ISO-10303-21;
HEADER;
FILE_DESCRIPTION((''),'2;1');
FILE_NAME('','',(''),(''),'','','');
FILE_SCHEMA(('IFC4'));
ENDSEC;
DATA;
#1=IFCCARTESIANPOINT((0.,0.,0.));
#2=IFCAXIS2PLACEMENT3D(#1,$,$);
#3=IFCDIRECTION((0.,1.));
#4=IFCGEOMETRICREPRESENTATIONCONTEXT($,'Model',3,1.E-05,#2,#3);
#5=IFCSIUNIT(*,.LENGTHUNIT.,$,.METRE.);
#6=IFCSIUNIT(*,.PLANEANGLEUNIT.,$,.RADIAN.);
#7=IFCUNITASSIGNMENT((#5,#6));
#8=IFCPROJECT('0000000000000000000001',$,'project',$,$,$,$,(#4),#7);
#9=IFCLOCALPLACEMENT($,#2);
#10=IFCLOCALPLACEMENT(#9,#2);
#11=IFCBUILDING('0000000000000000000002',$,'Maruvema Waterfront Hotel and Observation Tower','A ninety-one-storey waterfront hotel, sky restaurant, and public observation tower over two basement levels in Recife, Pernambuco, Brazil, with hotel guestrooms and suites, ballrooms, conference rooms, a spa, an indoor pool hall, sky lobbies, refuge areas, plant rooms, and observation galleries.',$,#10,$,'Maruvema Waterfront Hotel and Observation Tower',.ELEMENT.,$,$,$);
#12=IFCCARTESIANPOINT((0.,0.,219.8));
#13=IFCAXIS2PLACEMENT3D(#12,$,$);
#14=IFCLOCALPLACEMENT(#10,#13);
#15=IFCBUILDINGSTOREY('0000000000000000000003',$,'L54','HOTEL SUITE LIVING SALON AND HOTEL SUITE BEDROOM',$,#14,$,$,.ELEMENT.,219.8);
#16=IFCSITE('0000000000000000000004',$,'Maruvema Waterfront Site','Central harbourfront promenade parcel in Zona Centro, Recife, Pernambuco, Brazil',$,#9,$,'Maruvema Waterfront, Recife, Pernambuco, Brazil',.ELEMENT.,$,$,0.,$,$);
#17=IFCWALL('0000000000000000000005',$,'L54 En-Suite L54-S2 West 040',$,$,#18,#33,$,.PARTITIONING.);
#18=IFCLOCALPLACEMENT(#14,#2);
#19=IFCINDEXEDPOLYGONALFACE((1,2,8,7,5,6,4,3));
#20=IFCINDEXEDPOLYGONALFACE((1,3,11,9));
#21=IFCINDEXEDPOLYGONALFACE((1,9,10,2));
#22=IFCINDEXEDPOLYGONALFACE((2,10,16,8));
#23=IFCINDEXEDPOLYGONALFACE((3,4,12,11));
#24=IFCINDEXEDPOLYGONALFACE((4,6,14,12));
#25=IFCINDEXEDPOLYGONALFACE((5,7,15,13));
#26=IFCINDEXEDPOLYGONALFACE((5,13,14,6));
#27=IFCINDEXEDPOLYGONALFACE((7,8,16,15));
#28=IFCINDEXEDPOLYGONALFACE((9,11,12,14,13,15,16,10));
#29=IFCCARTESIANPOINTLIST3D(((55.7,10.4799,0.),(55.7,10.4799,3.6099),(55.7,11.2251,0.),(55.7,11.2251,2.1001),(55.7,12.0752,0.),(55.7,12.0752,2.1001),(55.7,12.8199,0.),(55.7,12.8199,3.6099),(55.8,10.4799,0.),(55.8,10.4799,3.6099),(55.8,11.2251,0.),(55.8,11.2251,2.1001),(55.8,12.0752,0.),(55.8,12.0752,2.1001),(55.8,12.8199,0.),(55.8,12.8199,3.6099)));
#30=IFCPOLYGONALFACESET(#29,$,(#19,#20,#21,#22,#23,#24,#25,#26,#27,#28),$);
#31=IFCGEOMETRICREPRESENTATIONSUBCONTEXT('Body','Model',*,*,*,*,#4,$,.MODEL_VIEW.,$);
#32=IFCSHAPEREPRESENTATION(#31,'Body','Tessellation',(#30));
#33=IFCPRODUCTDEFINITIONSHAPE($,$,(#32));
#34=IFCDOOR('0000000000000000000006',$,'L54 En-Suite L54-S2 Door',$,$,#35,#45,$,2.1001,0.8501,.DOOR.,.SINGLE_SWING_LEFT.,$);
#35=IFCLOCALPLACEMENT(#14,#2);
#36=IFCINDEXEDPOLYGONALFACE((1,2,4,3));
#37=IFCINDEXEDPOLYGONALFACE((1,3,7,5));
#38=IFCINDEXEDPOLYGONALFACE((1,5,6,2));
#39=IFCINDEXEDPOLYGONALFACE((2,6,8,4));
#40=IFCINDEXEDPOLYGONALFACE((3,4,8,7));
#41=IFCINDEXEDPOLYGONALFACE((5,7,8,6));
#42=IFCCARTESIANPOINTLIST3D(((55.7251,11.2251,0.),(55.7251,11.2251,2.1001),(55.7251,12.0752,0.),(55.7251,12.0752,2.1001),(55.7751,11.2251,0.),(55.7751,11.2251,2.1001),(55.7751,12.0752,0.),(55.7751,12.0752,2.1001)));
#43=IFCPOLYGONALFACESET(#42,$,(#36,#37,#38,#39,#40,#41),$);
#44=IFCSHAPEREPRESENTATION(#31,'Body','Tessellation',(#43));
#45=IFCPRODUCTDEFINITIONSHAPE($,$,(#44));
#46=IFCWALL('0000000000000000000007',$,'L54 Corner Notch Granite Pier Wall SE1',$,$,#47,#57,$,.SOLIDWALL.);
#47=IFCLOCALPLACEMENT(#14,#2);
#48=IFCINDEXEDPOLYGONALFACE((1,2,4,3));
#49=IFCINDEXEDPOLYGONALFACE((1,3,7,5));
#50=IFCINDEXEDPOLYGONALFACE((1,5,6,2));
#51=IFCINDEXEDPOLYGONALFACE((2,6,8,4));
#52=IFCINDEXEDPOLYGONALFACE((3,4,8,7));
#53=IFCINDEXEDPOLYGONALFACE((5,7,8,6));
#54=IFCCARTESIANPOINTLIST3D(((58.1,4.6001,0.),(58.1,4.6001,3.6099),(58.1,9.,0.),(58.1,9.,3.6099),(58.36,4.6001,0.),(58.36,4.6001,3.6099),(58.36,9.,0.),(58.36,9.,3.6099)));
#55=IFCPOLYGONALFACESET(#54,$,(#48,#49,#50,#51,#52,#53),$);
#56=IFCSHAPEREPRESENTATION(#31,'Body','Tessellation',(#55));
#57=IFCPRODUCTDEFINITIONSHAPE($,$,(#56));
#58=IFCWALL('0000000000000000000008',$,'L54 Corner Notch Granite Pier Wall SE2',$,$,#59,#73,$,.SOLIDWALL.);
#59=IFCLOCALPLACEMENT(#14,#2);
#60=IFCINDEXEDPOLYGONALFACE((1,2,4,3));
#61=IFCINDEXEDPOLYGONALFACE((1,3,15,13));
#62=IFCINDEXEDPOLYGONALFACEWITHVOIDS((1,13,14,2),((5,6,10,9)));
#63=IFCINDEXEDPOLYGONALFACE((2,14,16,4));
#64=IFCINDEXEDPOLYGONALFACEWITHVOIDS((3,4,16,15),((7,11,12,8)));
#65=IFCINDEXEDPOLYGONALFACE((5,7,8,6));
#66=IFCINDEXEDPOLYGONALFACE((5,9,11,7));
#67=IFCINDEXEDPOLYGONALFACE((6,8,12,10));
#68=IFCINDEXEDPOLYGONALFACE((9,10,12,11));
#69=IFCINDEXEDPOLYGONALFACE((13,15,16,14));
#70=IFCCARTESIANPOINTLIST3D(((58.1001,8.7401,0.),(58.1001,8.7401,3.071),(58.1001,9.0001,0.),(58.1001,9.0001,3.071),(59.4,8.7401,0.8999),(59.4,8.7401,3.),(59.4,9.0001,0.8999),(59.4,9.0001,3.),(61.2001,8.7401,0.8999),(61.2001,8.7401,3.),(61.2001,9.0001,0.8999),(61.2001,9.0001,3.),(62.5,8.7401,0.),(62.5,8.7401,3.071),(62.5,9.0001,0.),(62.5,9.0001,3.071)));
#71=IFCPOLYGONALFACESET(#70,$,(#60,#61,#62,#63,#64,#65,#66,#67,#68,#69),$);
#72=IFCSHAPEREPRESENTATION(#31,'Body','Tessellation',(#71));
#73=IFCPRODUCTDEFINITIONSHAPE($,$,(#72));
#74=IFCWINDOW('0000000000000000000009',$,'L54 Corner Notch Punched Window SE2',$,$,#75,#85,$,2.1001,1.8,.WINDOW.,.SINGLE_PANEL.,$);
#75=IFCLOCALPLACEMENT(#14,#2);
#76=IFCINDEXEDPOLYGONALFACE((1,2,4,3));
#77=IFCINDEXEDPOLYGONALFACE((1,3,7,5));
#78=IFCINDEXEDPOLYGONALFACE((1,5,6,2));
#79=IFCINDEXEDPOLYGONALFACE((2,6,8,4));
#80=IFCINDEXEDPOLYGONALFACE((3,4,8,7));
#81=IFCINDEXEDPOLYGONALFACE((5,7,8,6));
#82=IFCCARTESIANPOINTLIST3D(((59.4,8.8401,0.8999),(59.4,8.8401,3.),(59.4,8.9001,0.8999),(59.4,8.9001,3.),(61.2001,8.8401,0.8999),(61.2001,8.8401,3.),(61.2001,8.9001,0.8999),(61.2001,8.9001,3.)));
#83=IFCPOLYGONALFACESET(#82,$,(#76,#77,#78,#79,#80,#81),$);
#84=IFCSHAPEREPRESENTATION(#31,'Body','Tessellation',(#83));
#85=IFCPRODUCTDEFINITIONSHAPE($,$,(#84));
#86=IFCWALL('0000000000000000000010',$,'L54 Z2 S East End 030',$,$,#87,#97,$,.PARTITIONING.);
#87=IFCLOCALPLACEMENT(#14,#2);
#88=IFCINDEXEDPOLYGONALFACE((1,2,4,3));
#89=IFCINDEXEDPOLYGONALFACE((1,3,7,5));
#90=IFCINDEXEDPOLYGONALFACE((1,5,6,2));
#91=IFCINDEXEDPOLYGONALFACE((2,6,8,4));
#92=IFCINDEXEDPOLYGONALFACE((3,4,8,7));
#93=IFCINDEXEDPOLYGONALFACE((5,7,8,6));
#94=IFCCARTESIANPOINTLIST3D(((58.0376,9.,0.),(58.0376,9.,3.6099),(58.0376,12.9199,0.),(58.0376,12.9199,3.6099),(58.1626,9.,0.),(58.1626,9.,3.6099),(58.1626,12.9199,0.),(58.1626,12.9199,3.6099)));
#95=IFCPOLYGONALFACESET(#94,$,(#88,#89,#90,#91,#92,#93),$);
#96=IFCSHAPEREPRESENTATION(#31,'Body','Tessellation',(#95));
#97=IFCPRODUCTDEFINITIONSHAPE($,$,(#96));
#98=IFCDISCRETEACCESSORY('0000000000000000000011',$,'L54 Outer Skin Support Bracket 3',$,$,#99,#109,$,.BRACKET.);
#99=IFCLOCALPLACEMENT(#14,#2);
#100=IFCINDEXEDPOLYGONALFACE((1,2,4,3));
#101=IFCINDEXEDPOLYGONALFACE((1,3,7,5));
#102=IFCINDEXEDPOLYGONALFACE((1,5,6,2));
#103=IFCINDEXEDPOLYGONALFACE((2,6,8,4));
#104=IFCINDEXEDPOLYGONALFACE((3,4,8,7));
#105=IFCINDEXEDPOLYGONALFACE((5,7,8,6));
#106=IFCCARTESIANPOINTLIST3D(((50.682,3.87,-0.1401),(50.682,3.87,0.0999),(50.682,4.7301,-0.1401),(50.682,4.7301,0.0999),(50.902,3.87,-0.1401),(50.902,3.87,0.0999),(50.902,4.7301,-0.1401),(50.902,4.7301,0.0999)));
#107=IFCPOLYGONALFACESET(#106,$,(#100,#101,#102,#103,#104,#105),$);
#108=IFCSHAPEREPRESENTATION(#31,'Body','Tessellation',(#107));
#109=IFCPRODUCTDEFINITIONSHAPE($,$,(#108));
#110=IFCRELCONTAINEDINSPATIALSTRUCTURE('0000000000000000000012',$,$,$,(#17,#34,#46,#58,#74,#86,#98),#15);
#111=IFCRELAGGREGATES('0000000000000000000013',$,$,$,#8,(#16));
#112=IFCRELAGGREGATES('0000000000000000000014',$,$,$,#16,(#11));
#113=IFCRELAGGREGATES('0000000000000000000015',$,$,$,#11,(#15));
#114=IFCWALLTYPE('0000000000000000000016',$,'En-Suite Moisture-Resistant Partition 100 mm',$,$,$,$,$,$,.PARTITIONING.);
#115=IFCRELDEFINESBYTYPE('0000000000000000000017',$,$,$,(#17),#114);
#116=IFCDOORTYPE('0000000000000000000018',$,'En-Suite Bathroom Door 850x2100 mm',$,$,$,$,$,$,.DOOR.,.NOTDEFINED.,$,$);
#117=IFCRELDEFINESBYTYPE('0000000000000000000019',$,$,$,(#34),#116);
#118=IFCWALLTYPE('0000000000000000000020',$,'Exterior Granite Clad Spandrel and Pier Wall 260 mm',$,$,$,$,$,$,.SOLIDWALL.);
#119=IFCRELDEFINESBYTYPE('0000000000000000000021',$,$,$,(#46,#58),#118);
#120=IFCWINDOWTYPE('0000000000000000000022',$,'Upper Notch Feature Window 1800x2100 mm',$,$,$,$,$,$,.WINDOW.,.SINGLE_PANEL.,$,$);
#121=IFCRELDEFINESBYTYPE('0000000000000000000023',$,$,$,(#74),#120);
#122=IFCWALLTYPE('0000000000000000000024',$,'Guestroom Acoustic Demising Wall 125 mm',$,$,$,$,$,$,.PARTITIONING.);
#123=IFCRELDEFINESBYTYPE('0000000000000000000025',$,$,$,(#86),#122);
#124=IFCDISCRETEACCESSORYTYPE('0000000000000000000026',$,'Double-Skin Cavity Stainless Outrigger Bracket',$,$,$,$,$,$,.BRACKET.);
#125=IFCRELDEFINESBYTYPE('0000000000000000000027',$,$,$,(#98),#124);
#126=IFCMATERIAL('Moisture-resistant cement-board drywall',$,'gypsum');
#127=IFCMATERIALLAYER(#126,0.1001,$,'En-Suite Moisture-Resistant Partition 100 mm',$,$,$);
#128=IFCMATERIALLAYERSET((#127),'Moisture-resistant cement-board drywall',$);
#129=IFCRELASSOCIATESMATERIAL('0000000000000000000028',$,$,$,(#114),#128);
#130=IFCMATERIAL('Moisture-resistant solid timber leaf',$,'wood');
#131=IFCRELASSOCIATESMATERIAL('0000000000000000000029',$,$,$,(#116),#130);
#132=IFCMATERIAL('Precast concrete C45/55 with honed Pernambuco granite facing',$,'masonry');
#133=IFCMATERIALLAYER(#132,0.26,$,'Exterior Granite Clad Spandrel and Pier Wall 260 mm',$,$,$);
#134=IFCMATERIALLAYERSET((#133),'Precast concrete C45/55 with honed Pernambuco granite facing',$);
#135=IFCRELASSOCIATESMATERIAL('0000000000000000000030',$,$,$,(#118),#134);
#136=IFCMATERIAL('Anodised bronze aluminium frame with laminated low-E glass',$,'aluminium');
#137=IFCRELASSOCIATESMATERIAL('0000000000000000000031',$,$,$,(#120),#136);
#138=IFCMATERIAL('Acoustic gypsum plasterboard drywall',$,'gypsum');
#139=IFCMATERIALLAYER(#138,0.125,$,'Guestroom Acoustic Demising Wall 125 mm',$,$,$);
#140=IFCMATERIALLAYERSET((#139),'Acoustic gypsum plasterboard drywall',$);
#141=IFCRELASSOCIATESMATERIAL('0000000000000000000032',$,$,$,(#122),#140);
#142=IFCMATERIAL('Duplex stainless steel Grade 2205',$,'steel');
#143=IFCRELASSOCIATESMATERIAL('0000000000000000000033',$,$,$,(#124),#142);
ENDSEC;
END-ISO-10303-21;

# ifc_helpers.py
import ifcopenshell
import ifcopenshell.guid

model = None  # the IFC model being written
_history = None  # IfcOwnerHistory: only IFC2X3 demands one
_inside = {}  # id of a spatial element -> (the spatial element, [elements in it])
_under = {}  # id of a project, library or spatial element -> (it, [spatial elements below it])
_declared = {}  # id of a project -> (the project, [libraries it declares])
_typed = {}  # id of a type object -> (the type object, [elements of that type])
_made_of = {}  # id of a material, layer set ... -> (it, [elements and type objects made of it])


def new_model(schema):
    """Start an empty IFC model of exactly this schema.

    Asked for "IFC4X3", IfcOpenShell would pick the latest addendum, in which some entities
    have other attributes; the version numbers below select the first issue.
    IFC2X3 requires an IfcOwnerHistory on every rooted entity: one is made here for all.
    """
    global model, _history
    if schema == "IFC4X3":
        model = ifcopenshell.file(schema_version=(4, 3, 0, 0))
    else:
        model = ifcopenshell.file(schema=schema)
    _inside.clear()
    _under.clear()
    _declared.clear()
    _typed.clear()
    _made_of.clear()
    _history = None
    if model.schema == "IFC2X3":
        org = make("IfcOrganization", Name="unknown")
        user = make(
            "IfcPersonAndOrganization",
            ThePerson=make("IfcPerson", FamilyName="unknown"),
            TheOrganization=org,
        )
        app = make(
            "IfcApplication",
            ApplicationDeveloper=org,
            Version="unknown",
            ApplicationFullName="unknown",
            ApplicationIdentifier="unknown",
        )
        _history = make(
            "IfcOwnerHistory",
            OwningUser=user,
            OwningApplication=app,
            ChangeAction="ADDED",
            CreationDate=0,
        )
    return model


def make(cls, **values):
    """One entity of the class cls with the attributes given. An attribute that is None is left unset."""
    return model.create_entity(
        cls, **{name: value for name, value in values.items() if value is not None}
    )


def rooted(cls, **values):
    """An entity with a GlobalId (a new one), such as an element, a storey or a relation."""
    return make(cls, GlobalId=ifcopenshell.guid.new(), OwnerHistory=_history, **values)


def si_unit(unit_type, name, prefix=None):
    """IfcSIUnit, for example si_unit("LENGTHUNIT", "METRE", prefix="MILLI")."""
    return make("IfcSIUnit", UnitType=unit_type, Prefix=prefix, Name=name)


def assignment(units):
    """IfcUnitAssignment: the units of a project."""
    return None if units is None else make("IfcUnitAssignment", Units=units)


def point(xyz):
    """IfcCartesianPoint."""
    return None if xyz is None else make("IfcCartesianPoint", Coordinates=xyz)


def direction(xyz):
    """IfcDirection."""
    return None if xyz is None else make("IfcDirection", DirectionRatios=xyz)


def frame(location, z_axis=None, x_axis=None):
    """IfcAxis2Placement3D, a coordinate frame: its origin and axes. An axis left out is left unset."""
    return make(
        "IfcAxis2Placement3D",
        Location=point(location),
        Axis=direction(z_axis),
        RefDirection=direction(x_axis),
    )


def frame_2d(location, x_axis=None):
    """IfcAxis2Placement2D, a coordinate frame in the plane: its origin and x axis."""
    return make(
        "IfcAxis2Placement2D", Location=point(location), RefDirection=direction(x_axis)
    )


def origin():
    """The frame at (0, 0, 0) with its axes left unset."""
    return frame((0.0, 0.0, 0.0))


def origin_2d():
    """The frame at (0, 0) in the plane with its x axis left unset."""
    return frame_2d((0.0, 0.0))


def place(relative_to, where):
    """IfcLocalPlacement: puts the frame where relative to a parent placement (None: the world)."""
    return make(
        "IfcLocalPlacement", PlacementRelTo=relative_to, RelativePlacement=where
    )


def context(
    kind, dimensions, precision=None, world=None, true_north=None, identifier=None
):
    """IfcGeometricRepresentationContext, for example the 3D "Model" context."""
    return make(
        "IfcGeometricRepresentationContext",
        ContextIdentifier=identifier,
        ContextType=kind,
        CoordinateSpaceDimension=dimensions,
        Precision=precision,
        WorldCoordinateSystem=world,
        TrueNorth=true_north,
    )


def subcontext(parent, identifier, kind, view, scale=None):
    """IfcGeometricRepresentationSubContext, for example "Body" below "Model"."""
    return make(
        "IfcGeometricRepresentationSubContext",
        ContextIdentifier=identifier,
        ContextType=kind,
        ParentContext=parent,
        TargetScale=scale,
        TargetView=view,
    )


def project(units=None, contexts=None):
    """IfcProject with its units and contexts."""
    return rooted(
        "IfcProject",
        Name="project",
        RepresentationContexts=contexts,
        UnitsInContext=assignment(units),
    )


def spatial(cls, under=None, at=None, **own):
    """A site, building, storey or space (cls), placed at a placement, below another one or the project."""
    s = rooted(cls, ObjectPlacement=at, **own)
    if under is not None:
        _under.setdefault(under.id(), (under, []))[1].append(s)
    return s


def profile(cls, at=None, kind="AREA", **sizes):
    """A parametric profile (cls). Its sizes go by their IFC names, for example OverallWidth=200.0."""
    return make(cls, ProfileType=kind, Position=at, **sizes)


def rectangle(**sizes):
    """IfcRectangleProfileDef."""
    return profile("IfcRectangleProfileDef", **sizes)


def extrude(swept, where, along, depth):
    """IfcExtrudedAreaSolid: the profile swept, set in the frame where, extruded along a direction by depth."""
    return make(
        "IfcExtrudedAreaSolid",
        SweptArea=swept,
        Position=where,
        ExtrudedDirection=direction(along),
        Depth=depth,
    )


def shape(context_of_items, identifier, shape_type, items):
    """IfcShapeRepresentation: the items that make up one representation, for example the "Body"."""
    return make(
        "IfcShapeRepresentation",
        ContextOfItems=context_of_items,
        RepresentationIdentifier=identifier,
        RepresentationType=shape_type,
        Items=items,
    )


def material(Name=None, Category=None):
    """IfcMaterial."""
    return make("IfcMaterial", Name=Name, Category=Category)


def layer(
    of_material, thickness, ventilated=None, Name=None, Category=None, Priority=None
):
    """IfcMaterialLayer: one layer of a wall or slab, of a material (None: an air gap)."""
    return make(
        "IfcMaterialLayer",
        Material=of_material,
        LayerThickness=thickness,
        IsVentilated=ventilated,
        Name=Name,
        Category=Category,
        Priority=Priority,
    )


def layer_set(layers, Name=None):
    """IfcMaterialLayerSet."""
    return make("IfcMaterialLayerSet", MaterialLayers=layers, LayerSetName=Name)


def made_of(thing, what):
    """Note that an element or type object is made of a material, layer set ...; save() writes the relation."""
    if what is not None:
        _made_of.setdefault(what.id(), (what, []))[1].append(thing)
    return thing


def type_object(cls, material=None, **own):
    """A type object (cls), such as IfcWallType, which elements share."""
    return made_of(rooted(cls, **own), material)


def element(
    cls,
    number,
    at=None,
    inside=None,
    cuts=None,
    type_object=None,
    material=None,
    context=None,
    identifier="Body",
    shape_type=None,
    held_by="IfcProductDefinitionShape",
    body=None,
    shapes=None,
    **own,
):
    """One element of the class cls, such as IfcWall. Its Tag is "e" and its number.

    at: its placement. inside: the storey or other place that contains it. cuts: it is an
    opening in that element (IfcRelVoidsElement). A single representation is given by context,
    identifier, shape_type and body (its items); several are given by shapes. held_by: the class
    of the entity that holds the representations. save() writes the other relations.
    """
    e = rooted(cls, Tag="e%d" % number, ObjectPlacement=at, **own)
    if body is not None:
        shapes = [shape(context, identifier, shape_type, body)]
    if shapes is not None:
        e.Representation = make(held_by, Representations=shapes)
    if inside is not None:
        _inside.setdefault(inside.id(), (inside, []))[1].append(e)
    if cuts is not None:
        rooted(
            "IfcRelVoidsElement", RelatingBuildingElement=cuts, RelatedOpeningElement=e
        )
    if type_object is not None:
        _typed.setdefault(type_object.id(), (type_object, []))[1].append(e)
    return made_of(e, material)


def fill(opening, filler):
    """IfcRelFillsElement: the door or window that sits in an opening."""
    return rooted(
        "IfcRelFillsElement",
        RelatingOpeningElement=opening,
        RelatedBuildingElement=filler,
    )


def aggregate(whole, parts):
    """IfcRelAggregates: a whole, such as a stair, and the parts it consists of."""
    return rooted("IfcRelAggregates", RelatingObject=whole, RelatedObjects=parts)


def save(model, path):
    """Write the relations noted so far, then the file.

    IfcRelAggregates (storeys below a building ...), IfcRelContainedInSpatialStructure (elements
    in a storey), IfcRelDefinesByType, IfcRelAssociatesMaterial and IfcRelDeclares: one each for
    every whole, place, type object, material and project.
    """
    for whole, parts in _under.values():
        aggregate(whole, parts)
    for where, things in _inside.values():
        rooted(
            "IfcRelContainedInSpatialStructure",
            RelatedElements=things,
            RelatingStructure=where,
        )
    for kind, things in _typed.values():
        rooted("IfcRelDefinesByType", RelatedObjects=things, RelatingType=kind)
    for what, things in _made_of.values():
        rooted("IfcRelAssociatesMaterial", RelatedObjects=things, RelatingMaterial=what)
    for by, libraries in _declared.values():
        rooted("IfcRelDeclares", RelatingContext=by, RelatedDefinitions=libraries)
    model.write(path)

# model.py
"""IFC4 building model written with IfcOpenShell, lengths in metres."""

from ifc_helpers import new_model, si_unit, direction, frame, frame_2d, origin, origin_2d, place, context, subcontext, project, spatial, rectangle, extrude, material, layer, layer_set, type_object, element, fill, save


model = new_model("IFC4")

# Units and contexts
model_context = context("Model", 3, precision=1e-05, world=origin(), true_north=direction((0.0, 1.0)))
body_context = subcontext(model_context, "Body", "Model", "MODEL_VIEW")
ifc_project = project(units=[si_unit("LENGTHUNIT", "METRE"), si_unit("PLANEANGLEUNIT", "RADIAN")], contexts=[model_context])

# Site, building, storey
site_placement = place(None, origin())
site = spatial("IfcSite", under=ifc_project, at=site_placement, Name="Maruvema Waterfront Site", Description="Central harbourfront promenade parcel in Zona Centro, Recife, Pernambuco, Brazil", LongName="Maruvema Waterfront, Recife, Pernambuco, Brazil", CompositionType="ELEMENT", RefElevation=0.0)
building_placement = place(site_placement, origin())
building = spatial("IfcBuilding", under=site, at=building_placement, Name="Maruvema Waterfront Hotel and Observation Tower", Description="A ninety-one-storey waterfront hotel, sky restaurant, and public observation tower over two basement levels in Recife, Pernambuco, Brazil, with hotel guestrooms and suites, ballrooms, conference rooms, a spa, an indoor pool hall, sky lobbies, refuge areas, plant rooms, and observation galleries.", LongName="Maruvema Waterfront Hotel and Observation Tower", CompositionType="ELEMENT")
storey_placement = place(building_placement, frame((0.0, 0.0, 219.8)))
storey = spatial("IfcBuildingStorey", under=building, at=storey_placement, Name="L54", Description="HOTEL SUITE LIVING SALON AND HOTEL SUITE BEDROOM", CompositionType="ELEMENT", Elevation=219.8)

# Shared definitions
ifc_material_1 = material(Name="Moisture-resistant cement-board drywall", Category="gypsum")
ifc_layer_1 = layer(ifc_material_1, 0.1001, Name="En-Suite Moisture-Resistant Partition 100 mm")
ifc_layer_set_1 = layer_set([ifc_layer_1], Name="Moisture-resistant cement-board drywall")
wall_type_1 = type_object("IfcWallType", Name="En-Suite Moisture-Resistant Partition 100 mm", PredefinedType="PARTITIONING", material=ifc_layer_set_1)

# Wall, opening, door
wall_1_placement = place(storey_placement, frame((55.75, 10.48, 0.0), z_axis=(0.0, 0.0, 1.0), x_axis=(0.0, 1.0, 0.0)))
wall_1 = element("IfcWall", 1, at=wall_1_placement, inside=storey, type_object=wall_type_1, Name="L54 En-Suite L54-S2 West 040", PredefinedType="PARTITIONING", context=body_context, shape_type="SweptSolid", body=[
    extrude(rectangle(XDim=2.3401, YDim=0.1001, at=frame_2d((1.1699, 0.0))), origin(), (0.0, 0.0, 1.0), 3.6099),
])
opening_1_placement = place(wall_1_placement, frame((0.7451, 0.0, 0.0)))
opening_1 = element("IfcOpeningElement", 2, at=opening_1_placement, cuts=wall_1, PredefinedType="OPENING", context=body_context, shape_type="SweptSolid", body=[
    extrude(rectangle(XDim=0.8501, YDim=2.1001, at=frame_2d((0.425, 1.05))), frame((0.0, 0.0601, 0.0), z_axis=(0.0, -1.0, 0.0), x_axis=(1.0, 0.0, 0.0)), (0.0, 0.0, 1.0), 0.1201),
])
ifc_material_2 = material(Name="Moisture-resistant solid timber leaf", Category="wood")
door_type = type_object("IfcDoorType", Name="En-Suite Bathroom Door 850x2100 mm", OperationType="NOTDEFINED", PredefinedType="DOOR", material=ifc_material_2)
door_placement = place(opening_1_placement, origin())
door = element("IfcDoor", 3, at=door_placement, inside=storey, type_object=door_type, Name="L54 En-Suite L54-S2 Door", OperationType="SINGLE_SWING_LEFT", OverallHeight=2.1001, OverallWidth=0.8501, PredefinedType="DOOR", context=body_context, shape_type="SweptSolid", body=[
    extrude(rectangle(XDim=0.8501, YDim=2.1001, at=frame_2d((0.425, 1.05))), frame((0.0, 0.0249, 0.0), z_axis=(0.0, -1.0, 0.0), x_axis=(1.0, 0.0, 0.0)), (0.0, 0.0, 1.0), 0.05),
])
fill(opening_1, door)

# Wall
ifc_material_3 = material(Name="Precast concrete C45/55 with honed Pernambuco granite facing", Category="masonry")
ifc_layer_2 = layer(ifc_material_3, 0.26, Name="Exterior Granite Clad Spandrel and Pier Wall 260 mm")
ifc_layer_set_2 = layer_set([ifc_layer_2], Name="Precast concrete C45/55 with honed Pernambuco granite facing")
wall_type_2 = type_object("IfcWallType", Name="Exterior Granite Clad Spandrel and Pier Wall 260 mm", PredefinedType="SOLIDWALL", material=ifc_layer_set_2)
wall_2_placement = place(storey_placement, frame((58.23, 9.0, 0.0), z_axis=(0.0, 0.0, 1.0), x_axis=(0.0, -1.0, 0.0)))
element("IfcWall", 4, at=wall_2_placement, inside=storey, type_object=wall_type_2, Name="L54 Corner Notch Granite Pier Wall SE1", PredefinedType="SOLIDWALL", context=body_context, shape_type="SweptSolid", body=[
    extrude(rectangle(XDim=4.3999, YDim=0.26, at=frame_2d((2.2, 0.0))), origin(), (0.0, 0.0, 1.0), 3.6099),
])

# Wall, opening, window
wall_3_placement = place(storey_placement, frame((62.5, 8.8701, 0.0), z_axis=(0.0, 0.0, 1.0), x_axis=(-1.0, 0.0, 0.0)))
wall_3 = element("IfcWall", 5, at=wall_3_placement, inside=storey, type_object=wall_type_2, Name="L54 Corner Notch Granite Pier Wall SE2", PredefinedType="SOLIDWALL", context=body_context, shape_type="SweptSolid", body=[
    extrude(rectangle(XDim=4.3999, YDim=0.26, at=frame_2d((2.2, 0.0))), origin(), (0.0, 0.0, 1.0), 3.071),
])
opening_2_placement = place(wall_3_placement, frame((1.3, 0.0, 0.8999)))
opening_2 = element("IfcOpeningElement", 6, at=opening_2_placement, cuts=wall_3, PredefinedType="OPENING", context=body_context, shape_type="SweptSolid", body=[
    extrude(rectangle(XDim=1.8, YDim=2.1001, at=frame_2d((0.8999, 1.05))), frame((0.0, 0.1401, 0.0), z_axis=(0.0, -1.0, 0.0), x_axis=(1.0, 0.0, 0.0)), (0.0, 0.0, 1.0), 0.28),
])
ifc_material_4 = material(Name="Anodised bronze aluminium frame with laminated low-E glass", Category="aluminium")
window_type = type_object("IfcWindowType", Name="Upper Notch Feature Window 1800x2100 mm", PartitioningType="SINGLE_PANEL", PredefinedType="WINDOW", material=ifc_material_4)
window_placement = place(opening_2_placement, origin())
window = element("IfcWindow", 7, at=window_placement, inside=storey, type_object=window_type, Name="L54 Corner Notch Punched Window SE2", OverallHeight=2.1001, OverallWidth=1.8, PartitioningType="SINGLE_PANEL", PredefinedType="WINDOW", context=body_context, shape_type="SweptSolid", body=[
    extrude(rectangle(XDim=1.8, YDim=2.1001, at=frame_2d((0.8999, 1.05))), frame((0.0, 0.03, 0.0), z_axis=(0.0, -1.0, 0.0), x_axis=(1.0, 0.0, 0.0)), (0.0, 0.0, 1.0), 0.0601),
])
fill(opening_2, window)

# Wall
ifc_material_5 = material(Name="Acoustic gypsum plasterboard drywall", Category="gypsum")
ifc_layer_3 = layer(ifc_material_5, 0.125, Name="Guestroom Acoustic Demising Wall 125 mm")
ifc_layer_set_3 = layer_set([ifc_layer_3], Name="Acoustic gypsum plasterboard drywall")
wall_type_3 = type_object("IfcWallType", Name="Guestroom Acoustic Demising Wall 125 mm", PredefinedType="PARTITIONING", material=ifc_layer_set_3)
wall_4_placement = place(storey_placement, frame((58.1001, 9.0, 0.0), z_axis=(0.0, 0.0, 1.0), x_axis=(0.0, 1.0, 0.0)))
element("IfcWall", 8, at=wall_4_placement, inside=storey, type_object=wall_type_3, Name="L54 Z2 S East End 030", PredefinedType="PARTITIONING", context=body_context, shape_type="SweptSolid", body=[
    extrude(rectangle(XDim=3.9199, YDim=0.125, at=frame_2d((1.96, 0.0))), origin(), (0.0, 0.0, 1.0), 3.6099),
])

# Discrete accessory
ifc_material_6 = material(Name="Duplex stainless steel Grade 2205", Category="steel")
discrete_accessory_type = type_object("IfcDiscreteAccessoryType", Name="Double-Skin Cavity Stainless Outrigger Bracket", PredefinedType="BRACKET", material=ifc_material_6)
discrete_accessory_placement = place(storey_placement, frame((50.792, 4.3, -0.1401), z_axis=(0.0, 0.0, 1.0), x_axis=(1.0, 0.0, 0.0)))
element("IfcDiscreteAccessory", 9, at=discrete_accessory_placement, inside=storey, type_object=discrete_accessory_type, Name="L54 Outer Skin Support Bracket 3", PredefinedType="BRACKET", context=body_context, shape_type="SweptSolid", body=[
    extrude(rectangle(XDim=0.22, YDim=0.8601, at=origin_2d()), origin(), (0.0, 0.0, 1.0), 0.24),
])

save(model, "model.ifc")
